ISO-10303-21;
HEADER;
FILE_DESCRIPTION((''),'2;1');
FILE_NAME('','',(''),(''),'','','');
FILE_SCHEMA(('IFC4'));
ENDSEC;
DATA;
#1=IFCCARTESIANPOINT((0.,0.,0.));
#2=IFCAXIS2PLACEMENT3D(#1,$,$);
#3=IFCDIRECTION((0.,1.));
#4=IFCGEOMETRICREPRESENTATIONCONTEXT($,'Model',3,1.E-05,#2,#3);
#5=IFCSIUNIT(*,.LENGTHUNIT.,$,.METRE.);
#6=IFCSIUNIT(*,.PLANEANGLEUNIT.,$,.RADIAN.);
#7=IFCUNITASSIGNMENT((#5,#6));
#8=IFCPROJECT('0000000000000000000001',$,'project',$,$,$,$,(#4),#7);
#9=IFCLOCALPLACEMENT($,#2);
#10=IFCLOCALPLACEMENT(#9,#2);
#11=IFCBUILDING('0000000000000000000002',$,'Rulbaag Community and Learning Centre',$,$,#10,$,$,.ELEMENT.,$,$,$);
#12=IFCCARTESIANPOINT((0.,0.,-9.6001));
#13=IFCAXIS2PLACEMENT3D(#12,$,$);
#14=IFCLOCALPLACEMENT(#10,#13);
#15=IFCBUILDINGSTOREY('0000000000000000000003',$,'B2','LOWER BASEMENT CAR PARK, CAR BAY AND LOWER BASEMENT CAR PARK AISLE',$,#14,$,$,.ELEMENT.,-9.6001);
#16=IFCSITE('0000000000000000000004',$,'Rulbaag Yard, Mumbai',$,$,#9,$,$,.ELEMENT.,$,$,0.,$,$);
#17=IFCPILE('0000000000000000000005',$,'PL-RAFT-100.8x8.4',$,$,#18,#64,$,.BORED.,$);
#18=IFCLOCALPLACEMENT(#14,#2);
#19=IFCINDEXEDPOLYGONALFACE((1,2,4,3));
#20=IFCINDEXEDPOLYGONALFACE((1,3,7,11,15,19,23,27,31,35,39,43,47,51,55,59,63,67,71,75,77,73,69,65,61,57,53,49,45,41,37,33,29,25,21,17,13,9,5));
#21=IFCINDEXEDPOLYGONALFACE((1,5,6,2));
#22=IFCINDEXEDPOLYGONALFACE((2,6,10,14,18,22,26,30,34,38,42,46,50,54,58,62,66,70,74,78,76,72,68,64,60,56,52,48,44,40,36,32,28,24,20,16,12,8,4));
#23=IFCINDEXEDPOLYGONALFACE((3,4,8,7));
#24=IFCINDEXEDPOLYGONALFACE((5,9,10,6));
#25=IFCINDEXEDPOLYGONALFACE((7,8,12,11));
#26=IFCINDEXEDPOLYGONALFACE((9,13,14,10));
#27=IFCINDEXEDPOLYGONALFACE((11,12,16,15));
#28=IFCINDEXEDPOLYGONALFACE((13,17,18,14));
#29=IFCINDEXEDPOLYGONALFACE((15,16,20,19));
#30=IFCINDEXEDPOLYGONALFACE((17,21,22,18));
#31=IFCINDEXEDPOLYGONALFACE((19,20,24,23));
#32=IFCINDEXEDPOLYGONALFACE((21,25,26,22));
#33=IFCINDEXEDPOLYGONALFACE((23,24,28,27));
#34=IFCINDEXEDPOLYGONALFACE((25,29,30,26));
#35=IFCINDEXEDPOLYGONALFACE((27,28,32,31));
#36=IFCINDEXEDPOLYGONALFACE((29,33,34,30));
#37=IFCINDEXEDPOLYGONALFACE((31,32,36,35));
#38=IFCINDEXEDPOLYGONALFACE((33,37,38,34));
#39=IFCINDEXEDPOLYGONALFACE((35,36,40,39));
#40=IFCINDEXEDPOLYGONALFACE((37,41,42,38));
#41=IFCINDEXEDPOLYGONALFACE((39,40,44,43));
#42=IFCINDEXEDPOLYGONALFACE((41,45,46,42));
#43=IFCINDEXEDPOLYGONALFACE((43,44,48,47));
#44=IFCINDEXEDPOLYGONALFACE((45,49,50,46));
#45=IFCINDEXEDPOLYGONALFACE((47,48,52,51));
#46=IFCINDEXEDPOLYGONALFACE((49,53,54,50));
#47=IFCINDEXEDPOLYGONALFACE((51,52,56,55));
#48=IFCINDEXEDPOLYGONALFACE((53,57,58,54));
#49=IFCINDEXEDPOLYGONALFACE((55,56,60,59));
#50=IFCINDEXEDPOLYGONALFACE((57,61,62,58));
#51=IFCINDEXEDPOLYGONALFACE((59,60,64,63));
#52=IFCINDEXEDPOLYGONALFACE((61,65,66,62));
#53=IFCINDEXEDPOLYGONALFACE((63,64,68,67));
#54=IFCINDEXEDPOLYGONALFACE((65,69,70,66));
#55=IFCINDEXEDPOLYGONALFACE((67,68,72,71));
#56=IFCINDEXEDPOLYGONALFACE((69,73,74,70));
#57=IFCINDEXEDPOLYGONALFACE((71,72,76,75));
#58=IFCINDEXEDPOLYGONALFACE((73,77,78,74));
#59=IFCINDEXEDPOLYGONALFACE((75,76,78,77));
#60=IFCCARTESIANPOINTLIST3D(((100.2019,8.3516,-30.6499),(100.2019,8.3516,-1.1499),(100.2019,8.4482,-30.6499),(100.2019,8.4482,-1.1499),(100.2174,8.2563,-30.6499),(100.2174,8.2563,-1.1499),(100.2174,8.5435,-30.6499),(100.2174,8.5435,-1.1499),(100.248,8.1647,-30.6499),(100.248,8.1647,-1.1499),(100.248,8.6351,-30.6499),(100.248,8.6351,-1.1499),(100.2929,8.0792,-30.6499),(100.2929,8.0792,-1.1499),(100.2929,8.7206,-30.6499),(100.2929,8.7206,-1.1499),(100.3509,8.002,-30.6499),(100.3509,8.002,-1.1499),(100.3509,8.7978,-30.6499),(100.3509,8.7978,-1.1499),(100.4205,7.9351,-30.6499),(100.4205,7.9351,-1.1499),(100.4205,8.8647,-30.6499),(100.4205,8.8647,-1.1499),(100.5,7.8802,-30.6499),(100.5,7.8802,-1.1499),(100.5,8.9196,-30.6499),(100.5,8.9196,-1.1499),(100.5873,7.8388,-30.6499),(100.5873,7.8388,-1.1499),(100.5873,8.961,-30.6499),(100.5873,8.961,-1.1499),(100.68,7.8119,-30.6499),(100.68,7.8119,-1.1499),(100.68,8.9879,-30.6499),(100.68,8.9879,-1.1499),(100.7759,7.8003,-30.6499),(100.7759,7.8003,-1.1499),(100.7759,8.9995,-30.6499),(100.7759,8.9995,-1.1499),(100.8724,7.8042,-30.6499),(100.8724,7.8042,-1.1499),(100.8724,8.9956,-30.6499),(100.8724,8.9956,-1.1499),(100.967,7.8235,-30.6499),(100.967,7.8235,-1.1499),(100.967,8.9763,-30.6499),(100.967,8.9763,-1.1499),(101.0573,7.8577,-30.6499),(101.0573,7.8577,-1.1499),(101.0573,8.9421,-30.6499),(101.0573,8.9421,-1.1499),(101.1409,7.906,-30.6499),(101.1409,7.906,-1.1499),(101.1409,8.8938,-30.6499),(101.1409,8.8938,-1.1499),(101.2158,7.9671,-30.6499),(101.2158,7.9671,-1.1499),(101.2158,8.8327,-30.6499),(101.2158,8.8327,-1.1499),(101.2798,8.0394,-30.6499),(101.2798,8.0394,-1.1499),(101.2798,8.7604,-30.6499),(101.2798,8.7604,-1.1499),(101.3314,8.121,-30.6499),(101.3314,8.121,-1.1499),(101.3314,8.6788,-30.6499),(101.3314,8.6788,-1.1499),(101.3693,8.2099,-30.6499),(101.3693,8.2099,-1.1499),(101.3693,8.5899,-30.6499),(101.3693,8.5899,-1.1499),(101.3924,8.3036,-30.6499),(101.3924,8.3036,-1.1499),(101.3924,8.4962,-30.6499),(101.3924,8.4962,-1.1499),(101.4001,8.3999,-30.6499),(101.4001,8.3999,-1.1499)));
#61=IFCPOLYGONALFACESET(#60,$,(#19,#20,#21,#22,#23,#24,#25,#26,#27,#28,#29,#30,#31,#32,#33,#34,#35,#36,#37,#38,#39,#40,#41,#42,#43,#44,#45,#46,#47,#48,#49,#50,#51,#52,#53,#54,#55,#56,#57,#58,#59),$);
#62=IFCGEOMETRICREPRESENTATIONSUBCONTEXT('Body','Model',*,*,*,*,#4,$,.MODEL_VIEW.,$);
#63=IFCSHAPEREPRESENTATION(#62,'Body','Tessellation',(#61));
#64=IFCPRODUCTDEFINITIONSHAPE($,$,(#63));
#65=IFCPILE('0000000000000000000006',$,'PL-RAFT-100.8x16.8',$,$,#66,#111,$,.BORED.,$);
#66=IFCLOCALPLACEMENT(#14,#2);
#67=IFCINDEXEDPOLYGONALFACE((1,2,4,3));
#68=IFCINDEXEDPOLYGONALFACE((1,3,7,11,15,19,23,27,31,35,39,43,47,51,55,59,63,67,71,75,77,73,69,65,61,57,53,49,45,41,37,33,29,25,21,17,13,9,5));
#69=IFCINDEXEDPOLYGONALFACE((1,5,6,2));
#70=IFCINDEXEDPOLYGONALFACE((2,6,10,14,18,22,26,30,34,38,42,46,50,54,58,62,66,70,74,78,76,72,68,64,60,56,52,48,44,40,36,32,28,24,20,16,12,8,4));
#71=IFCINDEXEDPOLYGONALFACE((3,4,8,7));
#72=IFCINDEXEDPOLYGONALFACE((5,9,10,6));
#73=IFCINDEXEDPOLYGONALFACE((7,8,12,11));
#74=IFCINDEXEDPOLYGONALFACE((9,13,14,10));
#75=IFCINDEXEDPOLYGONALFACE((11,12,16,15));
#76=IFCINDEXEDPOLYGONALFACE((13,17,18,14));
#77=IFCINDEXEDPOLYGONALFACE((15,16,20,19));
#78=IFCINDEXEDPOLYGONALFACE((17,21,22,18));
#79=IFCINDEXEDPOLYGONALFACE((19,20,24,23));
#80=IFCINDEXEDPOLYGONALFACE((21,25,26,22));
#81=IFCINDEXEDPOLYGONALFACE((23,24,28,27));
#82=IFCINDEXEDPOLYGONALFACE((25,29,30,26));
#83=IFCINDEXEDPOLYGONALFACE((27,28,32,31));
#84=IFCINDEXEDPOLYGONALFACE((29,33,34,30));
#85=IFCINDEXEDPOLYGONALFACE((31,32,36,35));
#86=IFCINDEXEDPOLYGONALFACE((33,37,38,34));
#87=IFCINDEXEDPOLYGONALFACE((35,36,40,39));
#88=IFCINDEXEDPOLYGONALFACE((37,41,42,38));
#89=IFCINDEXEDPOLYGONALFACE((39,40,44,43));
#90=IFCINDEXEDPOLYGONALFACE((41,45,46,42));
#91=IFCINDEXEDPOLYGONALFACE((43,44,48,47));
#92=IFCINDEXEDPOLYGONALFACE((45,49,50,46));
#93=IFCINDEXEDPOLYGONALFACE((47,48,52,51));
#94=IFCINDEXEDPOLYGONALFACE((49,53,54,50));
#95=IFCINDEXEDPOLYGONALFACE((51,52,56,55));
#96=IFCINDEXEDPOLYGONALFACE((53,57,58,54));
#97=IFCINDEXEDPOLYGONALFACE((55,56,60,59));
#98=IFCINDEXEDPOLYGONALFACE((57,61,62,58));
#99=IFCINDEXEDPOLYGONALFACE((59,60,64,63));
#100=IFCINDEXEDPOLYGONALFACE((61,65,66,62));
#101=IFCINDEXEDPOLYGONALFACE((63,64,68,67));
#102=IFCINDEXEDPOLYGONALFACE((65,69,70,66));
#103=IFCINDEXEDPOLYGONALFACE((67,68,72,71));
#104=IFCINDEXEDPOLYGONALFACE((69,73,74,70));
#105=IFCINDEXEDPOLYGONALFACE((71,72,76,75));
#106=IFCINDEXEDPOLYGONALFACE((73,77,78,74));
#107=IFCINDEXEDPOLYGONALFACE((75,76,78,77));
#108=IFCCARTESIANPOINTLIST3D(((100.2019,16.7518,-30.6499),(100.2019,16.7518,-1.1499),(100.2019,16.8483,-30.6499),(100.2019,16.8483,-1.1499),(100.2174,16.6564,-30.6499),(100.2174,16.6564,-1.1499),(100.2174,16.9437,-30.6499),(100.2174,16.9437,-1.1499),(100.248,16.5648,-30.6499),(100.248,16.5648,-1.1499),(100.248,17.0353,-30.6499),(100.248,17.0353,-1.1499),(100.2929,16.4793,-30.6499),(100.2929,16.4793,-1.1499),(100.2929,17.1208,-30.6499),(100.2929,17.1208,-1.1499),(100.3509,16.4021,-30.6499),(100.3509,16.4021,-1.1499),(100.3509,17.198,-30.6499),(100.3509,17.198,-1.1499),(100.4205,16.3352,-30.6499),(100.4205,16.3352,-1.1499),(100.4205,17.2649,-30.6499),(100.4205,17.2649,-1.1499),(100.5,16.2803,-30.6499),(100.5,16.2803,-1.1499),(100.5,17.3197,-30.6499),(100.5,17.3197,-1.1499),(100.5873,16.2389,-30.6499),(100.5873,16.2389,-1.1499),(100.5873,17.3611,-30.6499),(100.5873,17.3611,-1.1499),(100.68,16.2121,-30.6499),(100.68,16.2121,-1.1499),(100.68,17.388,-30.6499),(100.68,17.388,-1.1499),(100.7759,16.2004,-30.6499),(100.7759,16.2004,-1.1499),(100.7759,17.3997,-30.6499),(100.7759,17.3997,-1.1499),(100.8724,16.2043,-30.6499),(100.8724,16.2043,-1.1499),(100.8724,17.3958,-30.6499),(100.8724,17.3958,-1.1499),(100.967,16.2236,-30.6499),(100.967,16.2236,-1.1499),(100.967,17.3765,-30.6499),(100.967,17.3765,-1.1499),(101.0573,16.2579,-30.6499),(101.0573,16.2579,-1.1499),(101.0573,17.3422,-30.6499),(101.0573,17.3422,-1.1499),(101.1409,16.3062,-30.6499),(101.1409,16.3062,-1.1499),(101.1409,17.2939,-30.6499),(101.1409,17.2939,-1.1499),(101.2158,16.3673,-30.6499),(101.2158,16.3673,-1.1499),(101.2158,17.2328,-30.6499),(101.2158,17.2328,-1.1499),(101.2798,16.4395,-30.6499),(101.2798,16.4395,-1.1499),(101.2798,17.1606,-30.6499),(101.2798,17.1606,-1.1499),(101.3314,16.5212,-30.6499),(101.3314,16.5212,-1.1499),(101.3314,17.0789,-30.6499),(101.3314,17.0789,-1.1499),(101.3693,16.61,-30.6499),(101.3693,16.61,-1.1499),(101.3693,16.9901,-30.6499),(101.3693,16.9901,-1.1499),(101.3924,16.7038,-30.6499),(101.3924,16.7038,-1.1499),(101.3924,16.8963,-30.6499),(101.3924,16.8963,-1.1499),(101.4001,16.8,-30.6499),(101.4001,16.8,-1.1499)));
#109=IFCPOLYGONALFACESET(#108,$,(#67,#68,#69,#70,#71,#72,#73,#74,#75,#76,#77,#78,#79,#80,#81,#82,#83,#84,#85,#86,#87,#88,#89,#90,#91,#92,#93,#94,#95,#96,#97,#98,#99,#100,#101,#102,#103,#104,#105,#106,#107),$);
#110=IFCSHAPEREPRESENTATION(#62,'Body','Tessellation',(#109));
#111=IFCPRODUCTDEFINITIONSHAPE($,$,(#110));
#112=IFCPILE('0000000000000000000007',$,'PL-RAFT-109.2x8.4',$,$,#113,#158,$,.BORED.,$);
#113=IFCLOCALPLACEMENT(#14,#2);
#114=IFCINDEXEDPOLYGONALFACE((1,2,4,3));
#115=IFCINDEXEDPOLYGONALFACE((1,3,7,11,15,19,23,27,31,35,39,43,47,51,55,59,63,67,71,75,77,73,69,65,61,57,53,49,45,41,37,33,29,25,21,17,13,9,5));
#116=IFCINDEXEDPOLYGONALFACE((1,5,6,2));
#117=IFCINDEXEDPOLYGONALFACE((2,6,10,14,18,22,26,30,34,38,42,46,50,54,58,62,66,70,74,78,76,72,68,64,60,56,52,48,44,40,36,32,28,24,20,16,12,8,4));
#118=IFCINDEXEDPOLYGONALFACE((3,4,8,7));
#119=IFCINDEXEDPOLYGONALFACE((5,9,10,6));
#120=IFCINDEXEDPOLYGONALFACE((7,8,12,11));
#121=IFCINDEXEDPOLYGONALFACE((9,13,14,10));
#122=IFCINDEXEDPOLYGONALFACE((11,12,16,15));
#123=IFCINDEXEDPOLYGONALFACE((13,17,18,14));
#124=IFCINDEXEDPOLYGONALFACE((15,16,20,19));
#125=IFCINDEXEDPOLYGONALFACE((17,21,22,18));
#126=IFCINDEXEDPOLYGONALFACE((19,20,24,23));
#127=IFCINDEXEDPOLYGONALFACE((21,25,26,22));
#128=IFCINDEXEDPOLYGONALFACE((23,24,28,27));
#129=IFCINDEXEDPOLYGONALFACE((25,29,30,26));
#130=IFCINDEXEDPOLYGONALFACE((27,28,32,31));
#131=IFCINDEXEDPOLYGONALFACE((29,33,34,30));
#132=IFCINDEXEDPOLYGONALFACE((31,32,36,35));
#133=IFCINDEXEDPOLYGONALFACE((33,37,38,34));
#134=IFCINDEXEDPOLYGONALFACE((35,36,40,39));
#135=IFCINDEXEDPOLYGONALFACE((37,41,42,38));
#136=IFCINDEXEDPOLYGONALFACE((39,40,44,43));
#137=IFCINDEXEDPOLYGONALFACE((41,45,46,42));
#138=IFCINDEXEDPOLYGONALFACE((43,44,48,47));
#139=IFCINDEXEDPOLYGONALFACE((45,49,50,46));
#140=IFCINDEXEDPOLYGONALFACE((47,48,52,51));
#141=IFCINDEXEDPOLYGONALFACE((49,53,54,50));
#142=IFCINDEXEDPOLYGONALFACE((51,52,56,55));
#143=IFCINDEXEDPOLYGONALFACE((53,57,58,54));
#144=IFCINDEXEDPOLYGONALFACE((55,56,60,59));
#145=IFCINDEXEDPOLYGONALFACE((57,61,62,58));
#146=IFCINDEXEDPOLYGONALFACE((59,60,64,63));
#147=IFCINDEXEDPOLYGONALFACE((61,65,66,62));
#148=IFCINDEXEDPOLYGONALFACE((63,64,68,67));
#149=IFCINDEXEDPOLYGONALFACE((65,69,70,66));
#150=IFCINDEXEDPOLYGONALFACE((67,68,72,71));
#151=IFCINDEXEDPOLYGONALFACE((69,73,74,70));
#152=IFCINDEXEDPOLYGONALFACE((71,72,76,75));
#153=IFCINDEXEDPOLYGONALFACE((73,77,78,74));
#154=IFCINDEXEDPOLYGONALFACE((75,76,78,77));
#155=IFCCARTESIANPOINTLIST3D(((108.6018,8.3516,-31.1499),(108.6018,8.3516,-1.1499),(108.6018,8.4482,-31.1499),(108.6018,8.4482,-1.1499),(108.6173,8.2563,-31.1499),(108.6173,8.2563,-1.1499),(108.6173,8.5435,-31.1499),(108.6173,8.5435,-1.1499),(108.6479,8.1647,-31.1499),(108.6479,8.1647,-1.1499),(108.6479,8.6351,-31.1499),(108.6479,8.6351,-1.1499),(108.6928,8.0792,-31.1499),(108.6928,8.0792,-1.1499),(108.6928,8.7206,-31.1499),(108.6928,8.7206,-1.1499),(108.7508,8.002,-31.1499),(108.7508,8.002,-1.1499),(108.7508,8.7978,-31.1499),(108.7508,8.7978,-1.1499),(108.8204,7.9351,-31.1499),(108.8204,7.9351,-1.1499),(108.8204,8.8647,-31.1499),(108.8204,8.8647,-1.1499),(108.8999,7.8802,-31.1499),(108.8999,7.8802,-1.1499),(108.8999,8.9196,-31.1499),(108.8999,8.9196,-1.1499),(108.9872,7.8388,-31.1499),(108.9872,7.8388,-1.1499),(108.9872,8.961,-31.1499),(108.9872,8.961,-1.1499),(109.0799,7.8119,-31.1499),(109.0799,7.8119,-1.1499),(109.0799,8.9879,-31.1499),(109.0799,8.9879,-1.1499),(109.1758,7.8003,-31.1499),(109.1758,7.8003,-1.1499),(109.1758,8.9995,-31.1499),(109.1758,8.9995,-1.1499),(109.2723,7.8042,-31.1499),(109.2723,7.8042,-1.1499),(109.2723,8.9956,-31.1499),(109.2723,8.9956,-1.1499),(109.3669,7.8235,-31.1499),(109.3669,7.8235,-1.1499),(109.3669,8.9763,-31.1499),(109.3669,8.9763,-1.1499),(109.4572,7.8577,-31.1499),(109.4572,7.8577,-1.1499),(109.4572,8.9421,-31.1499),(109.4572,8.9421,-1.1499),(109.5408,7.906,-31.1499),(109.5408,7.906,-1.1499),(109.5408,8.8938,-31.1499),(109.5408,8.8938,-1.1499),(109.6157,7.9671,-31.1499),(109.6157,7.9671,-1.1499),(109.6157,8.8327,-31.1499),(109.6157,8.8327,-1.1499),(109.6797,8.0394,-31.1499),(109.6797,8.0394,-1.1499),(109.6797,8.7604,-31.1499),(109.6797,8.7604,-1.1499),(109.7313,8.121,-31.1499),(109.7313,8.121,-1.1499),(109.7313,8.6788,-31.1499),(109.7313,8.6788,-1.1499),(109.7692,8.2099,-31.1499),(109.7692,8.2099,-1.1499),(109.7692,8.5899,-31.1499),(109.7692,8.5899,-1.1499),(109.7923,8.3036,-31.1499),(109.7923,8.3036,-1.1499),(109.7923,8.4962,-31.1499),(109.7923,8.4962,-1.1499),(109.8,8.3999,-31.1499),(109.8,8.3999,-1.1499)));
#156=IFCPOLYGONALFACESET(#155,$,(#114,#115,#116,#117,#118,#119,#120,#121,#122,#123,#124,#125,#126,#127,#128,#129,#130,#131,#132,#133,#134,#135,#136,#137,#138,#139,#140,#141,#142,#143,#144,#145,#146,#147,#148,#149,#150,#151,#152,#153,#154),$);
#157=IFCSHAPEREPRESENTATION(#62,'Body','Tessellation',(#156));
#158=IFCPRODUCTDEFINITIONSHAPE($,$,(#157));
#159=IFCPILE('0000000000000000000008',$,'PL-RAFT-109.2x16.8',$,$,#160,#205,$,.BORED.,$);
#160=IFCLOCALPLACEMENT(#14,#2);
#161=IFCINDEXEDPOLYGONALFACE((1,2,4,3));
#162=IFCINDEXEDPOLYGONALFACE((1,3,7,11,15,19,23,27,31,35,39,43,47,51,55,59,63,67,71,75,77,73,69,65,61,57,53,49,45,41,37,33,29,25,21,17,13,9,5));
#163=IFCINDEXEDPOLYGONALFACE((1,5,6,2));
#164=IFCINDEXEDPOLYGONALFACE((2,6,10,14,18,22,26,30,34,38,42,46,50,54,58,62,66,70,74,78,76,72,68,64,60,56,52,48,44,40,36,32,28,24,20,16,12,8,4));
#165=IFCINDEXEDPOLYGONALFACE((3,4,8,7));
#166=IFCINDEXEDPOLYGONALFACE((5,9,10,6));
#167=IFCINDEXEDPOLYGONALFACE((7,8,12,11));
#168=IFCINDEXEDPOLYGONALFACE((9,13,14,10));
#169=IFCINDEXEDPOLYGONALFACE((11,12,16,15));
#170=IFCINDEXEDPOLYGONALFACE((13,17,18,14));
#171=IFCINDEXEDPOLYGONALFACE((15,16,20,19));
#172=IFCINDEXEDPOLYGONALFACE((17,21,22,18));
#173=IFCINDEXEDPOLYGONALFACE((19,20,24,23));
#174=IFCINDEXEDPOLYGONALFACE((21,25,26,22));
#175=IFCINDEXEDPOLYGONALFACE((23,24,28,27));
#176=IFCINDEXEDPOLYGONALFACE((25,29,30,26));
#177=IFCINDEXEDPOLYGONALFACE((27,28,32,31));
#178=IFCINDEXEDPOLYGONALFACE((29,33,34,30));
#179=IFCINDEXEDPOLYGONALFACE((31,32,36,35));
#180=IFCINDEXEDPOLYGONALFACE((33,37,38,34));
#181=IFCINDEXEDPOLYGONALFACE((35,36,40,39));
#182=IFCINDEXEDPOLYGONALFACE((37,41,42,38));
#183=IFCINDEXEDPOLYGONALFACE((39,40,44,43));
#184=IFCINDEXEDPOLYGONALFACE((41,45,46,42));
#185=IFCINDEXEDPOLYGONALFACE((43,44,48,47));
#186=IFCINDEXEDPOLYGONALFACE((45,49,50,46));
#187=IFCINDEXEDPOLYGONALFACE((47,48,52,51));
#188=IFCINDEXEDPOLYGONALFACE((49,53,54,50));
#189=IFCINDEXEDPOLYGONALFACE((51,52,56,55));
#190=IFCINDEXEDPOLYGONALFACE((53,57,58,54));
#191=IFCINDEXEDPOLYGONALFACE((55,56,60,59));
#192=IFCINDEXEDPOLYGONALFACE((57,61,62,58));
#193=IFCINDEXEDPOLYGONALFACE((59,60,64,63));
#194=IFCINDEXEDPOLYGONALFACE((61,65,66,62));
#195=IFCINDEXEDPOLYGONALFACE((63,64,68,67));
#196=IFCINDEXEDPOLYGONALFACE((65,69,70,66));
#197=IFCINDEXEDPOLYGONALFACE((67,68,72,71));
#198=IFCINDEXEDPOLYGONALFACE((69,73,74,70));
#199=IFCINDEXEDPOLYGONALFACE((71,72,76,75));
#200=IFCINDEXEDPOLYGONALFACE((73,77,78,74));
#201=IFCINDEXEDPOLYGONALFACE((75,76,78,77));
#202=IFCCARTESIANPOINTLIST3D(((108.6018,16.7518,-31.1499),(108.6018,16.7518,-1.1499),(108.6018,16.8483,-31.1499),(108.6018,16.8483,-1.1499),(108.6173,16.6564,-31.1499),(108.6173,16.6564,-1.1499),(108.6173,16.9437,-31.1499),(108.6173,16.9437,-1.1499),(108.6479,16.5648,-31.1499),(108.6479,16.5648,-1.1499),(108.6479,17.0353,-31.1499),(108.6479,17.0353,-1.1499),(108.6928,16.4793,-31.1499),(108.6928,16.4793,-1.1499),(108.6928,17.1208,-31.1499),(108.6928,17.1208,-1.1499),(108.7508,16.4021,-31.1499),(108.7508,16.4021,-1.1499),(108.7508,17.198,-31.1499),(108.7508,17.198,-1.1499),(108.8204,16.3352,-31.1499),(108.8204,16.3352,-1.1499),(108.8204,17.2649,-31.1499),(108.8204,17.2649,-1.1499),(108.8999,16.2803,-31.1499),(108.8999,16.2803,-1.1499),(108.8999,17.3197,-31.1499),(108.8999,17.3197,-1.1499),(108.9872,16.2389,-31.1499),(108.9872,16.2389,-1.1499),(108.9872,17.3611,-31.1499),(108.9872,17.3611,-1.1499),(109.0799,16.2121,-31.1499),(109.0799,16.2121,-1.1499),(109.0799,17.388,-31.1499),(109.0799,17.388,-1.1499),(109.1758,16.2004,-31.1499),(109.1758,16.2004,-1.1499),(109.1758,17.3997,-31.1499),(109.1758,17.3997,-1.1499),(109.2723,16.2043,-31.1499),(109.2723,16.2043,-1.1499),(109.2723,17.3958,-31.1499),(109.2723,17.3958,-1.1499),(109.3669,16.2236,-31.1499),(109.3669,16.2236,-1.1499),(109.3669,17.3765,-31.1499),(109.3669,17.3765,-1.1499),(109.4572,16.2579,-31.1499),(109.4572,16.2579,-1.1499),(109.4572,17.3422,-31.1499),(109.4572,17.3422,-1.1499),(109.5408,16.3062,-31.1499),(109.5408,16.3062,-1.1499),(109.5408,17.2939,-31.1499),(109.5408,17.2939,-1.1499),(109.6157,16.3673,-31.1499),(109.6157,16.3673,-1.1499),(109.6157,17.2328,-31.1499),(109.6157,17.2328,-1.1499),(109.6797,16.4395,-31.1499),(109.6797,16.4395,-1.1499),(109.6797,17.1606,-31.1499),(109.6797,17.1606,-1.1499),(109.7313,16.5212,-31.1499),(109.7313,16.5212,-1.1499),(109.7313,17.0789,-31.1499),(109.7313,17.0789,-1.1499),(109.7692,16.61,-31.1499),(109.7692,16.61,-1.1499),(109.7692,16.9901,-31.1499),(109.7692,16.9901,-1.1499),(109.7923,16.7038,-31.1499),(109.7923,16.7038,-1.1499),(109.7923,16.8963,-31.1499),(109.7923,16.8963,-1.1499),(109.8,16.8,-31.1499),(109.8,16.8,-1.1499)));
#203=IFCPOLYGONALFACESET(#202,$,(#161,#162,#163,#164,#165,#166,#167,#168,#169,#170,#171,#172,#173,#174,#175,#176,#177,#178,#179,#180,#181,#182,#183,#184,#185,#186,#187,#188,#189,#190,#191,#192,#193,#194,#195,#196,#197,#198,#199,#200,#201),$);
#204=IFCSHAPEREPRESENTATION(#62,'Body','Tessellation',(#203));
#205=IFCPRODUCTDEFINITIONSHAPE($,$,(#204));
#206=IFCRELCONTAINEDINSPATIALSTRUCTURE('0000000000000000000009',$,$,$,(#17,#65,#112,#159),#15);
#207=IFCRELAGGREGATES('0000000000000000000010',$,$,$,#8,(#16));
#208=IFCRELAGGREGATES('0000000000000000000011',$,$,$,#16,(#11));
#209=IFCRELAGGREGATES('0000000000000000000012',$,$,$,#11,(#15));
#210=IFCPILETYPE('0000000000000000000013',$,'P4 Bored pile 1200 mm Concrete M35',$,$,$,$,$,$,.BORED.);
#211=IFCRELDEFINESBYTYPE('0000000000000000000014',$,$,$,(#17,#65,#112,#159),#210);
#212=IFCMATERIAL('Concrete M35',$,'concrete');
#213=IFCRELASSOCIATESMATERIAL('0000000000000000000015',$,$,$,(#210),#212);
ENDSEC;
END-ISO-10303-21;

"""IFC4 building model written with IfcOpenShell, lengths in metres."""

from ifc_helpers import new_model, si_unit, direction, frame, origin, origin_2d, place, context, subcontext, project, spatial, circle, extrude, material, material_profile, profile_set, type_object, element, save


model = new_model("IFC4")

# Units and contexts
model_context = context("Model", 3, precision=1e-05, world=origin(), true_north=direction((0.0, 1.0)))
body_context = subcontext(model_context, "Body", "Model", "MODEL_VIEW")
ifc_project = project(units=[si_unit("LENGTHUNIT", "METRE"), si_unit("PLANEANGLEUNIT", "RADIAN")], contexts=[model_context])

# Site, building, storey
site_placement = place(None, origin())
site = spatial("IfcSite", under=ifc_project, at=site_placement, Name="Rulbaag Yard, Mumbai", CompositionType="ELEMENT", RefElevation=0.0)
building_placement = place(site_placement, origin())
building = spatial("IfcBuilding", under=site, at=building_placement, Name="Rulbaag Community and Learning Centre", CompositionType="ELEMENT")
storey_placement = place(building_placement, frame((0.0, 0.0, -9.6001)))
storey = spatial("IfcBuildingStorey", under=building, at=storey_placement, Name="B2", Description="LOWER BASEMENT CAR PARK, CAR BAY AND LOWER BASEMENT CAR PARK AISLE", CompositionType="ELEMENT", Elevation=-9.6001)

# Piles
ifc_material_1 = material(Name="Concrete M35", Category="concrete")
ifc_material_profile_1 = material_profile(ifc_material_1, circle(Radius=0.6001, at=origin_2d()), Name="BP1200")
ifc_profile_set_1 = profile_set([ifc_material_profile_1], Name="Concrete M35")
pile_type_1 = type_object("IfcPileType", Name="P4 Bored pile 1200 mm Concrete M35", PredefinedType="BORED", material=ifc_profile_set_1)
for number, where, z_axis, x_axis, name in (
    (1, (100.8, 8.3999, -1.1499), (0.0, 0.0, -1.0), (1.0, 0.0, 0.0), "PL-RAFT-100.8x8.4"),
    (2, (100.8, 16.8, -1.1499), (0.0, 0.0, -1.0), (1.0, 0.0, 0.0), "PL-RAFT-100.8x16.8"),
):
    element("IfcPile", number, at=place(storey_placement, frame(where, z_axis=z_axis, x_axis=x_axis)), inside=storey, type_object=pile_type_1, Name=name, PredefinedType="BORED", context=body_context, shape_type="SweptSolid", body=[
        extrude(circle(Radius=0.6001, at=origin_2d()), origin(), (0.0, 0.0, 1.0), 29.5),
    ])
for number, where, z_axis, x_axis, name in (
    (3, (109.2, 8.3999, -1.1499), (0.0, 0.0, -1.0), (1.0, 0.0, 0.0), "PL-RAFT-109.2x8.4"),
    (4, (109.2, 16.8, -1.1499), (0.0, 0.0, -1.0), (1.0, 0.0, 0.0), "PL-RAFT-109.2x16.8"),
):
    element("IfcPile", number, at=place(storey_placement, frame(where, z_axis=z_axis, x_axis=x_axis)), inside=storey, type_object=pile_type_1, Name=name, PredefinedType="BORED", context=body_context, shape_type="SweptSolid", body=[
        extrude(circle(Radius=0.6001, at=origin_2d()), origin(), (0.0, 0.0, 1.0), 30.0),
    ])

save(model, "model.ifc")
